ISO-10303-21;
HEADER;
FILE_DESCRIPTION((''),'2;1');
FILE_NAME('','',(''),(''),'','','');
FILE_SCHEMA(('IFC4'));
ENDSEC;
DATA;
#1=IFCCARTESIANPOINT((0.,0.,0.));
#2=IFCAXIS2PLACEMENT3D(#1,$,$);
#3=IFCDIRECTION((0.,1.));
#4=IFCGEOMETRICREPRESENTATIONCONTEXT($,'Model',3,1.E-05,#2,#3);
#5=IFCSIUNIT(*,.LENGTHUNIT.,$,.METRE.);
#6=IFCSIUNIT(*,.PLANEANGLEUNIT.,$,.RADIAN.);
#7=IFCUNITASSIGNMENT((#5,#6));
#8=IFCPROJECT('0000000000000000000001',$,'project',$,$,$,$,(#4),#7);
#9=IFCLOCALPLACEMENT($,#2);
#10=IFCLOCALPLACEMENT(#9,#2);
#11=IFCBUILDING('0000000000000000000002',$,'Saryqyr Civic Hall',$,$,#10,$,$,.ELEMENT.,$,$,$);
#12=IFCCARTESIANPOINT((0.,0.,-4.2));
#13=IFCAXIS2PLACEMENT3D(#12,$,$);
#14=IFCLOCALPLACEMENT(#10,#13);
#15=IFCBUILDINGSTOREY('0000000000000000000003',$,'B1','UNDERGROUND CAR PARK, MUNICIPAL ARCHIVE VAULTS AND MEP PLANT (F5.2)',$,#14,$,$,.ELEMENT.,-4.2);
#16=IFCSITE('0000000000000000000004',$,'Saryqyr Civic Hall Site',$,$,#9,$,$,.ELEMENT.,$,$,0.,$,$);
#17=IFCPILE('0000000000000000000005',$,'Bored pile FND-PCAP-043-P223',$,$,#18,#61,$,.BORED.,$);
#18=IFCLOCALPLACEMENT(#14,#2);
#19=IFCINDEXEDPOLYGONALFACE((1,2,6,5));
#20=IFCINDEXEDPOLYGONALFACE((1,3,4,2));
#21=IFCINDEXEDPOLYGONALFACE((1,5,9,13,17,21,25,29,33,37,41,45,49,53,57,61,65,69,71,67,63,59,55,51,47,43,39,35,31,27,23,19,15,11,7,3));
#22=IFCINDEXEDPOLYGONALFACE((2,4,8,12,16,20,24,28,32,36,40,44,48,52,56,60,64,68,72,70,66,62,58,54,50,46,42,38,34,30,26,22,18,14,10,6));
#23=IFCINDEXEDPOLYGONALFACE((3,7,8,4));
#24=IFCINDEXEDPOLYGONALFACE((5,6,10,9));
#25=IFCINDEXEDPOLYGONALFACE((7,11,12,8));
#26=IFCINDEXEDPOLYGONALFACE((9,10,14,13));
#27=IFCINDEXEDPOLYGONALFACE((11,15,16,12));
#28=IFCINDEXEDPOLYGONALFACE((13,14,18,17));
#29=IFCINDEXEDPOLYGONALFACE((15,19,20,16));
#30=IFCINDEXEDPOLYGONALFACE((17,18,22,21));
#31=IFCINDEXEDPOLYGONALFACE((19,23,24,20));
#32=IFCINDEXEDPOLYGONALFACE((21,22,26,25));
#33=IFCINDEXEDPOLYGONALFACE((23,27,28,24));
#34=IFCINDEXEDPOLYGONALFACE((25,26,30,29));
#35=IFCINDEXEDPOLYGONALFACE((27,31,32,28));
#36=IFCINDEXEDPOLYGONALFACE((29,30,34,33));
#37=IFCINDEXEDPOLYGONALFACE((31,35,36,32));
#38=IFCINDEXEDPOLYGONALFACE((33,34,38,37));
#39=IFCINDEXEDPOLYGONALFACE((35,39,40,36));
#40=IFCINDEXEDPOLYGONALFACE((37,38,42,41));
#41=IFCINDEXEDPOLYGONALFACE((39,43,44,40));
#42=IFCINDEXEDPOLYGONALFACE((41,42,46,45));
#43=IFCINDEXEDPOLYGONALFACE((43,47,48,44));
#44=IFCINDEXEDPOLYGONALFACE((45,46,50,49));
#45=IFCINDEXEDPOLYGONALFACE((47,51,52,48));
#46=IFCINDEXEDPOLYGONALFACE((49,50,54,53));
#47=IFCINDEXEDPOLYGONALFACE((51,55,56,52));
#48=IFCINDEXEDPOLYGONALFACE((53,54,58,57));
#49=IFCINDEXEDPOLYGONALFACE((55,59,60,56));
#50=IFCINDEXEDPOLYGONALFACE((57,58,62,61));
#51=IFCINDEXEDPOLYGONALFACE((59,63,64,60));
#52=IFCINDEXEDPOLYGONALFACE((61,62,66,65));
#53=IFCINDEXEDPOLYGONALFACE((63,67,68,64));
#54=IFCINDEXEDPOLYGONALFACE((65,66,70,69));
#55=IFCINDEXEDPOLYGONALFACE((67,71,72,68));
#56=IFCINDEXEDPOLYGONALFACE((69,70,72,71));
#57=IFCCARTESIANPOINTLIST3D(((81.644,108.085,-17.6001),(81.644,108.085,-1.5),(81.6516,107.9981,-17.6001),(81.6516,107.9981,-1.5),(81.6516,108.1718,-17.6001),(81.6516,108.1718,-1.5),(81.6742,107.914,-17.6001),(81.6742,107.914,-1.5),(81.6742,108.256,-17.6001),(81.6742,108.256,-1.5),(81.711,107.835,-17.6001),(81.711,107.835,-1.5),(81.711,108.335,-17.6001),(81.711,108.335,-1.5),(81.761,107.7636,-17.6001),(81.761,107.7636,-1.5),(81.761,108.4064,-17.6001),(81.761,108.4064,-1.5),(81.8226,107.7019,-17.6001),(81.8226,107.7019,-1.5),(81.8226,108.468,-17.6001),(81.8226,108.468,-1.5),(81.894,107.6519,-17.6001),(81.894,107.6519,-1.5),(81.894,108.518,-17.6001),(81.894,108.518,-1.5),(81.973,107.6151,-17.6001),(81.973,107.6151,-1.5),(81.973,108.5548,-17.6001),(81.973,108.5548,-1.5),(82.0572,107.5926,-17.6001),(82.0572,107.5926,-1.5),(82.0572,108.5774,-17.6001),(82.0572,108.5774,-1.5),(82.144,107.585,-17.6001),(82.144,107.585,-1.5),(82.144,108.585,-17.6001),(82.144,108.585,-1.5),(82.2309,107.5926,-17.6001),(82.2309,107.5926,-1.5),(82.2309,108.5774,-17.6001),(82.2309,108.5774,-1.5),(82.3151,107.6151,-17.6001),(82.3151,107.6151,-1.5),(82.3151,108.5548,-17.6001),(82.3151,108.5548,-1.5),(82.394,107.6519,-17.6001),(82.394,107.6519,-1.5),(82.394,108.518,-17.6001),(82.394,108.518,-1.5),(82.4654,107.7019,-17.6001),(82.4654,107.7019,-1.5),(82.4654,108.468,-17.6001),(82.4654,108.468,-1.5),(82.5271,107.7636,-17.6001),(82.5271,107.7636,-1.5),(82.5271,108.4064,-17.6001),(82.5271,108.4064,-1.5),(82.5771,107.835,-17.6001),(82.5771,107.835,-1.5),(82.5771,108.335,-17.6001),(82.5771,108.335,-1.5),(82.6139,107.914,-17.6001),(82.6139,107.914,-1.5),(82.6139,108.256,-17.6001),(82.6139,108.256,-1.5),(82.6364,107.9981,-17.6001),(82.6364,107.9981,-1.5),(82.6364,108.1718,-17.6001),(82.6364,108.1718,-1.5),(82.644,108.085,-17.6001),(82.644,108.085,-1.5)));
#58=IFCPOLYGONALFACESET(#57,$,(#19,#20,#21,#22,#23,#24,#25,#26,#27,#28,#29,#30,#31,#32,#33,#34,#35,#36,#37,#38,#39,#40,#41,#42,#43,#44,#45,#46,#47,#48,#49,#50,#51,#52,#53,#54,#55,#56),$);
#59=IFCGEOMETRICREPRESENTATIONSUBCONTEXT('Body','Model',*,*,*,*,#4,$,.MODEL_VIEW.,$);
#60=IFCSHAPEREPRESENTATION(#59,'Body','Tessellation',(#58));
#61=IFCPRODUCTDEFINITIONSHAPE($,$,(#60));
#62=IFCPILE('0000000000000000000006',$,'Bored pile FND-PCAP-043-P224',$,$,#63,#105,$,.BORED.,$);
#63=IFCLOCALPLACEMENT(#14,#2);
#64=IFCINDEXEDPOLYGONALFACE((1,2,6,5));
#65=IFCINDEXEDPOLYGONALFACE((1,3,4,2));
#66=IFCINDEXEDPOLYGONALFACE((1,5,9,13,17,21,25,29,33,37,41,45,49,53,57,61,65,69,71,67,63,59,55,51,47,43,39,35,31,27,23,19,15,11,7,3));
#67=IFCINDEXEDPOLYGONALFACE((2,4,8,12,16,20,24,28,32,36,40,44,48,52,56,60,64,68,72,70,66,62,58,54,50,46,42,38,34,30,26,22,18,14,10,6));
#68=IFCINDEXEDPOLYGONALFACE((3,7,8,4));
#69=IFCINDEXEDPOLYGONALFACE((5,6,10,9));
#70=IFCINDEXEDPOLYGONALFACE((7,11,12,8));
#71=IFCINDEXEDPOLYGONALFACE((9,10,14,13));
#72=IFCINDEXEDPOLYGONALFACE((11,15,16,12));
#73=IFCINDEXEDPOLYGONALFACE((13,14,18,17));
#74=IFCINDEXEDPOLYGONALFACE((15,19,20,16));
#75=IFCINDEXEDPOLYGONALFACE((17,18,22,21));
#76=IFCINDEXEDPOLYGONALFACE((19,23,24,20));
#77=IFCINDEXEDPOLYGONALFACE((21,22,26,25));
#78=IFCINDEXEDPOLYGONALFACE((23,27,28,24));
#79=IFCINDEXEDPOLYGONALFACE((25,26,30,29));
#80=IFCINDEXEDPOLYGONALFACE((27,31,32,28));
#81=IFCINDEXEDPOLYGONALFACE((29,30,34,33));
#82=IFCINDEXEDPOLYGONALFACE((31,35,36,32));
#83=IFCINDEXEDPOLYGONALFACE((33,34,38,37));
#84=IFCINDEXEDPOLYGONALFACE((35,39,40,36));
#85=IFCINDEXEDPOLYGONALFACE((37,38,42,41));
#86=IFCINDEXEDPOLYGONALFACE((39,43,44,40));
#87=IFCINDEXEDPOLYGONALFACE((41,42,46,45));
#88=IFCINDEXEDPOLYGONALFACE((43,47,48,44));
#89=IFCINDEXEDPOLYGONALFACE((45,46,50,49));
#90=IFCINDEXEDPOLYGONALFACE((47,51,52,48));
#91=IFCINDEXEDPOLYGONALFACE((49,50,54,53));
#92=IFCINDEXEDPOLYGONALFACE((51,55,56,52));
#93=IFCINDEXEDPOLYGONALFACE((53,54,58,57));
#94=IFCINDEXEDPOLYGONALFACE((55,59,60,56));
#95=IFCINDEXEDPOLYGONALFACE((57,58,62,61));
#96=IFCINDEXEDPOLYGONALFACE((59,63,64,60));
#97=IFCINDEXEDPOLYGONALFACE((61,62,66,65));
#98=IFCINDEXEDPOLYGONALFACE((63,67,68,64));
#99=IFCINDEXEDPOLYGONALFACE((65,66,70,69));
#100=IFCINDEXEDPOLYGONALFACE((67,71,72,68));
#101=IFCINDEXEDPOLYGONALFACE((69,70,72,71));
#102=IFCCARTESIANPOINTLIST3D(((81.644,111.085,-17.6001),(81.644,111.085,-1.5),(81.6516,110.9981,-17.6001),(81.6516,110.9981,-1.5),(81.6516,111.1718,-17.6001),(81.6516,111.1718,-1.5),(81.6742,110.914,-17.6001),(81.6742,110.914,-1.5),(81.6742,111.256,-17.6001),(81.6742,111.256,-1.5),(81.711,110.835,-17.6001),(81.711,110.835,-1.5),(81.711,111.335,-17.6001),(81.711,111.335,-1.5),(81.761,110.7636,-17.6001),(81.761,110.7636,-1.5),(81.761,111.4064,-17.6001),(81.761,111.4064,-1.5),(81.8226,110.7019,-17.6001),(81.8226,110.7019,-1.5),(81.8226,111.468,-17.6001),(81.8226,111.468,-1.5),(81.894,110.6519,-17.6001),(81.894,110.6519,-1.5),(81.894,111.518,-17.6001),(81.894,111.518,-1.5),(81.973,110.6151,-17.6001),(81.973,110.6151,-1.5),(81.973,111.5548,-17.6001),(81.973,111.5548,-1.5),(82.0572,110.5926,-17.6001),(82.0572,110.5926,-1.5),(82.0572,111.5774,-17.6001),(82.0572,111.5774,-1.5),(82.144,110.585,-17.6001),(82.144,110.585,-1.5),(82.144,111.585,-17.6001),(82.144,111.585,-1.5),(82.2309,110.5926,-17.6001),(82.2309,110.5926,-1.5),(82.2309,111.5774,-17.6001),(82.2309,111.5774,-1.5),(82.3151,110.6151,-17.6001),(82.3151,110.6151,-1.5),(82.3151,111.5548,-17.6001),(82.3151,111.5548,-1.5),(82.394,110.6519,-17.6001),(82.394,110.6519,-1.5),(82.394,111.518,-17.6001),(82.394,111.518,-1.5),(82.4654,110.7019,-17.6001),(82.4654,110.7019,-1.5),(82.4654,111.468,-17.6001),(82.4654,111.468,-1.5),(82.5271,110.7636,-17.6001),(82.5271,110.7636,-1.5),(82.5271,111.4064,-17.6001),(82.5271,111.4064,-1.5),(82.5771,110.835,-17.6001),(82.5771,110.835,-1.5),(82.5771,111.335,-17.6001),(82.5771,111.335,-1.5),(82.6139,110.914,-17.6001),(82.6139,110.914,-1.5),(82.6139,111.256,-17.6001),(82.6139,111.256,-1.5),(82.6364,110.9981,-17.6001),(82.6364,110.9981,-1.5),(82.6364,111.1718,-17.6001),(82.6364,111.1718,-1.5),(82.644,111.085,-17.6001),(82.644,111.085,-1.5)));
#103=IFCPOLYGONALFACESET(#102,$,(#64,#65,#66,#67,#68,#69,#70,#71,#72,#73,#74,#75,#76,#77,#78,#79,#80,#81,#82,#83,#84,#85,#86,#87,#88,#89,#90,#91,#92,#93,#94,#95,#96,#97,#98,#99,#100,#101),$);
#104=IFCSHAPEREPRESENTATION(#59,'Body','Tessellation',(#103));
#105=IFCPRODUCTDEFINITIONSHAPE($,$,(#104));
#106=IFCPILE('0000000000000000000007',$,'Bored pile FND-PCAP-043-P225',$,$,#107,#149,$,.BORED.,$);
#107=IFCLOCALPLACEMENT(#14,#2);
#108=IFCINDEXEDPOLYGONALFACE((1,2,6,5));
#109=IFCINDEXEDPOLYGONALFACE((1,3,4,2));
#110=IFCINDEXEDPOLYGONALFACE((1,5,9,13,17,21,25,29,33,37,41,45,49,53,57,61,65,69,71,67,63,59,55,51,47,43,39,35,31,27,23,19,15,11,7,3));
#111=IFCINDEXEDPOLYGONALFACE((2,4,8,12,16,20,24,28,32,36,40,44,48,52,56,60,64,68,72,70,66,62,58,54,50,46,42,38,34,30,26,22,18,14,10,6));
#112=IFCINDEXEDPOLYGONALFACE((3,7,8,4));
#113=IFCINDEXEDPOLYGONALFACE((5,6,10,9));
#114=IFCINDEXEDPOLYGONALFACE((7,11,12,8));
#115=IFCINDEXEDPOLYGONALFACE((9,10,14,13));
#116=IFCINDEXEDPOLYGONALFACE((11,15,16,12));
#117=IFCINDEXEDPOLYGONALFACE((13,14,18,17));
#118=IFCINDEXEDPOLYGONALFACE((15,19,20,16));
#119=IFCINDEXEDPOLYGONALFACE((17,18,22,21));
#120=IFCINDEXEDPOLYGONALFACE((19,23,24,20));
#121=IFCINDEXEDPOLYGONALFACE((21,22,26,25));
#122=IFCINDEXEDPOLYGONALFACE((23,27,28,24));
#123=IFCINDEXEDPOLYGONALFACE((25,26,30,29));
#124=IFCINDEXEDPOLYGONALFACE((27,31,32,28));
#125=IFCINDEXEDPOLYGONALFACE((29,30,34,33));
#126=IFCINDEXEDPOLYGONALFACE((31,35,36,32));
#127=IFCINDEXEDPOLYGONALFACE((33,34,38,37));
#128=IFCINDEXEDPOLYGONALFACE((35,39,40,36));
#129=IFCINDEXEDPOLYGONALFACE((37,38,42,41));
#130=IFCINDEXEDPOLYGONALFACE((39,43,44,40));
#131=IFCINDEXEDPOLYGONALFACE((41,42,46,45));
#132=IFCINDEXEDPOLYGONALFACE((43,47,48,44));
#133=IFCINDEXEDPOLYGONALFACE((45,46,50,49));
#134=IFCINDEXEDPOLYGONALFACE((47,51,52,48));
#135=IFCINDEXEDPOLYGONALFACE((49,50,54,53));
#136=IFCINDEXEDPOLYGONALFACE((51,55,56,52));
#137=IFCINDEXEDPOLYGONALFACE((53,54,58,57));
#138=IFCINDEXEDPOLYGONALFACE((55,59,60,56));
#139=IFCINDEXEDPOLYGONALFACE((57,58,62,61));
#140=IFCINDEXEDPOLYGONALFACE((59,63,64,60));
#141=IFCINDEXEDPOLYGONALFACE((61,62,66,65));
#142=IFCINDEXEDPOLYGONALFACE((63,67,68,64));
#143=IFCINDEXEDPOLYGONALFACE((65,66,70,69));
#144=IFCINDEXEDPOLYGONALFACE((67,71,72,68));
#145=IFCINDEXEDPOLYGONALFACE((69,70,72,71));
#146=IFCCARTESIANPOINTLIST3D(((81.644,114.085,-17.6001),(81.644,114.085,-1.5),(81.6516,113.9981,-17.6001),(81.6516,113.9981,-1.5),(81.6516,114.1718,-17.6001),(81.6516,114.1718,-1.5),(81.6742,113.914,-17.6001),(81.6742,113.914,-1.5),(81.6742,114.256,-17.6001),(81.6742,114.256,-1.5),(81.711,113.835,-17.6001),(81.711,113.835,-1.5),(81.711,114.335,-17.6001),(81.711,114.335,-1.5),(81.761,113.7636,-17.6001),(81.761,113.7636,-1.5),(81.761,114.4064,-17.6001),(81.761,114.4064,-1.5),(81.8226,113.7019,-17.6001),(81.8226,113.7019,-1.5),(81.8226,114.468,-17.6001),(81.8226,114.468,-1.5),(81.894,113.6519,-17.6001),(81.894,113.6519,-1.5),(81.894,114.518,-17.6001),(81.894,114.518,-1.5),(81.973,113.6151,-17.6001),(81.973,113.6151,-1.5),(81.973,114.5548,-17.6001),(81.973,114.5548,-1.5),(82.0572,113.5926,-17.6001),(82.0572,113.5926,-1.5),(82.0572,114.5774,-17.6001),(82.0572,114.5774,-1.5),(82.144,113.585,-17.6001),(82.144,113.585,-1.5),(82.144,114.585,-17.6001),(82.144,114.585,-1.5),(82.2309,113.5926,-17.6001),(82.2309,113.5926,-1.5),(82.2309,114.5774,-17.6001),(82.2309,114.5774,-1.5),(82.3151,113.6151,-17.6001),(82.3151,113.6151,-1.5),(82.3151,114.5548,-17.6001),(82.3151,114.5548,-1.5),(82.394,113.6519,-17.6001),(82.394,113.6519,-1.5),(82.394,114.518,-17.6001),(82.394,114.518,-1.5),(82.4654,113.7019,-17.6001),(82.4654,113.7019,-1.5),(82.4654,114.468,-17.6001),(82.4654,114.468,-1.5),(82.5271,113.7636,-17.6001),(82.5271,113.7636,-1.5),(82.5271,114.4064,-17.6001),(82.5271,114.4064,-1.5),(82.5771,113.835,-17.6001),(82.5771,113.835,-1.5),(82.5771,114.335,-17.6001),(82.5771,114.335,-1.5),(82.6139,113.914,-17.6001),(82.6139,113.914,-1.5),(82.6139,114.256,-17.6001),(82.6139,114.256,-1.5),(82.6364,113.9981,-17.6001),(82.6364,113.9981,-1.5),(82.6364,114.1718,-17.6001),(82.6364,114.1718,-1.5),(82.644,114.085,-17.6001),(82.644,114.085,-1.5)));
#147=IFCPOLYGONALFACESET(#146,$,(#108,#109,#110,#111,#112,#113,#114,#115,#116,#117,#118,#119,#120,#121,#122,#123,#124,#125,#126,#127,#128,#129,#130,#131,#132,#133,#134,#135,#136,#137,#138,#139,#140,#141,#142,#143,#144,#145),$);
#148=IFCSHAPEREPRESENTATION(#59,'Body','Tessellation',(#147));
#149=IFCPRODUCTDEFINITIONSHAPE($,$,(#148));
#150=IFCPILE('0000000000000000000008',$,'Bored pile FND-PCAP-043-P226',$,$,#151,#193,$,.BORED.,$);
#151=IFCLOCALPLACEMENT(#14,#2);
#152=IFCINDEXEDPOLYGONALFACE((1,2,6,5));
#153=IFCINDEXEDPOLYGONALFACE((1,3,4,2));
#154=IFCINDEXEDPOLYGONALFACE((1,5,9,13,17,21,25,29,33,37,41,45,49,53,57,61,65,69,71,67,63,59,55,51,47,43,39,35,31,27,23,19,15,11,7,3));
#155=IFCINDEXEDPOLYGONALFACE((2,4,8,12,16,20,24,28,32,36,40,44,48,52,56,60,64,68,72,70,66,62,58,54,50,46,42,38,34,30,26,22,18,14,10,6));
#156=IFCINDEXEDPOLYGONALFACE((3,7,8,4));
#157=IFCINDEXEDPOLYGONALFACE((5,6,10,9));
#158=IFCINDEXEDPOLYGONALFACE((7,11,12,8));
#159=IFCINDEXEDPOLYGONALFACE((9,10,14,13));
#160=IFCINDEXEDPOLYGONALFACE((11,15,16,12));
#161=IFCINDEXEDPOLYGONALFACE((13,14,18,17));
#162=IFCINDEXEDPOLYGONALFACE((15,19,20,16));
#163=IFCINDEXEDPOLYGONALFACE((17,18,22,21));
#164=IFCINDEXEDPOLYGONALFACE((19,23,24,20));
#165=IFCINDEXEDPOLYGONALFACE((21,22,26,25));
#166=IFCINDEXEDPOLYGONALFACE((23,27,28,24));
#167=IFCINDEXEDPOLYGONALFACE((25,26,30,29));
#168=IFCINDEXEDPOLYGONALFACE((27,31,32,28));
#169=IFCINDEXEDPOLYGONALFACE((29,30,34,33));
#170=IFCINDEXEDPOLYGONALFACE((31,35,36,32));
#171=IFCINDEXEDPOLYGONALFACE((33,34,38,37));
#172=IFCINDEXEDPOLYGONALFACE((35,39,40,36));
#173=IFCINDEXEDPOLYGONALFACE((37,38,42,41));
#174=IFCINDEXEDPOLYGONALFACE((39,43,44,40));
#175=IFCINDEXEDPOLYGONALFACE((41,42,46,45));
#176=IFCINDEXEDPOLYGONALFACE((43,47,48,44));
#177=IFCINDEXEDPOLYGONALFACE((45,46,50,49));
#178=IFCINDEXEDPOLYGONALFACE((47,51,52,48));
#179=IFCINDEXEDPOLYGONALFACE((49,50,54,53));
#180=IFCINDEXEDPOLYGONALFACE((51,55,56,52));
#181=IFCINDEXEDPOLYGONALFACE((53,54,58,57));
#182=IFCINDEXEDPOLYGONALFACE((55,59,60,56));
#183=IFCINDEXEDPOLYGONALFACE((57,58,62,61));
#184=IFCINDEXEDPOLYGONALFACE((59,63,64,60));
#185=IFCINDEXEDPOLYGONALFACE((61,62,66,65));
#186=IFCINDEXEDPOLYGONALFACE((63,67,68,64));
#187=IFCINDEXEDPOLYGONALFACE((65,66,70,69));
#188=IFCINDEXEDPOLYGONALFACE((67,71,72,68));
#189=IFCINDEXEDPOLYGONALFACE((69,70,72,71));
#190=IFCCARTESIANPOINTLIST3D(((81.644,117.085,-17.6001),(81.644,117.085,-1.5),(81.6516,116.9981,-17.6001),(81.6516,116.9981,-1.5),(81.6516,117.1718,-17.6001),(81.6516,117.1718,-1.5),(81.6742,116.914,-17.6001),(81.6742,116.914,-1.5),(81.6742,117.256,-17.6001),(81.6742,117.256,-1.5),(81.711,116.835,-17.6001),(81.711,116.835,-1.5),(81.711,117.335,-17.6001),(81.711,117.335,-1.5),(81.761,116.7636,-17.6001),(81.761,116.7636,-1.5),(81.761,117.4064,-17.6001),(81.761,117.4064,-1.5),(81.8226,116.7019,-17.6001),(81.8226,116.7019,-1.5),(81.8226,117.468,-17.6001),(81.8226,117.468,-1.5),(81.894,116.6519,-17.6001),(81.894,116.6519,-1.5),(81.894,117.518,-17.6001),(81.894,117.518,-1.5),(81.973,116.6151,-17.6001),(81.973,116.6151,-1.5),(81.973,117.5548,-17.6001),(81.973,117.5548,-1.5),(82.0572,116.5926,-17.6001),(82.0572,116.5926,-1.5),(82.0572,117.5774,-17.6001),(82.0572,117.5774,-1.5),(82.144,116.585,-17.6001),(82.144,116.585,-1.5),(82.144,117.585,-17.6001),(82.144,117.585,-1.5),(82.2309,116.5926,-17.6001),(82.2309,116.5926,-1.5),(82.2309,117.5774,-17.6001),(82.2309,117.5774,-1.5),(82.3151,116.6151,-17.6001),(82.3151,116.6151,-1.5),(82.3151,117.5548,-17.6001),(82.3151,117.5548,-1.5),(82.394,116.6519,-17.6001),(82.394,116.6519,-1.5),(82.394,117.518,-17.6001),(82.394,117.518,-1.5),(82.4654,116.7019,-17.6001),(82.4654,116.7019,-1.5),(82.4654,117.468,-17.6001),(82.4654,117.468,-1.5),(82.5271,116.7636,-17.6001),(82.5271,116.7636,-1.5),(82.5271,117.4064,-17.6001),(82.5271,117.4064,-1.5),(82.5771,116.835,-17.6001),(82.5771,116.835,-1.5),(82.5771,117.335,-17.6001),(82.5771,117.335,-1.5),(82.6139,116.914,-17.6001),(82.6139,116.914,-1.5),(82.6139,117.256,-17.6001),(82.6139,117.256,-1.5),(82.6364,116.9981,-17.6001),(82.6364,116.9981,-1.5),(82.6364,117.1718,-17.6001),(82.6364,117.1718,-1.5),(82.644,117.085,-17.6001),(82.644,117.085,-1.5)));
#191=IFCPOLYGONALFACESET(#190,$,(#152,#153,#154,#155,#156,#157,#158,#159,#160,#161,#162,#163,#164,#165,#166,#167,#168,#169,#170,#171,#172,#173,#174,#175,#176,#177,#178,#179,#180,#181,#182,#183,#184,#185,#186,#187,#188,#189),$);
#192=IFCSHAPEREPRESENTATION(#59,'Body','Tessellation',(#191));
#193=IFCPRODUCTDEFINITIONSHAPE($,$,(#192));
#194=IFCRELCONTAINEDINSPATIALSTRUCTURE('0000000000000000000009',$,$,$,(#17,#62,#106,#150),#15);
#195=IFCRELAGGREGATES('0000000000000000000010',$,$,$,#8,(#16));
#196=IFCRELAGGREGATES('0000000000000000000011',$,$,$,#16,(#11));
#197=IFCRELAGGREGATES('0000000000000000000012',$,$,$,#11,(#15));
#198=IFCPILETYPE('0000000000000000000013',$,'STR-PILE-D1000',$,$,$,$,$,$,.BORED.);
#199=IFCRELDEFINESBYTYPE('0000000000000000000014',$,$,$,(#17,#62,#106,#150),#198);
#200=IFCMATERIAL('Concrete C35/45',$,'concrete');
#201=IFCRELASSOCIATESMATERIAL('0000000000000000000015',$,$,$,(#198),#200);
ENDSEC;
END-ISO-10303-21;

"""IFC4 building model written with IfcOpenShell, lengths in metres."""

from ifc_helpers import new_model, si_unit, direction, frame, origin, origin_2d, place, context, subcontext, project, spatial, circle, extrude, material, material_profile, profile_set, type_object, element, save


model = new_model("IFC4")

# Units and contexts
model_context = context("Model", 3, precision=1e-05, world=origin(), true_north=direction((0.0, 1.0)))
body_context = subcontext(model_context, "Body", "Model", "MODEL_VIEW")
ifc_project = project(units=[si_unit("LENGTHUNIT", "METRE"), si_unit("PLANEANGLEUNIT", "RADIAN")], contexts=[model_context])

# Site, building, storey
site_placement = place(None, origin())
site = spatial("IfcSite", under=ifc_project, at=site_placement, Name="Saryqyr Civic Hall Site", CompositionType="ELEMENT", RefElevation=0.0)
building_placement = place(site_placement, origin())
building = spatial("IfcBuilding", under=site, at=building_placement, Name="Saryqyr Civic Hall", CompositionType="ELEMENT")
storey_placement = place(building_placement, frame((0.0, 0.0, -4.2)))
storey = spatial("IfcBuildingStorey", under=building, at=storey_placement, Name="B1", Description="UNDERGROUND CAR PARK, MUNICIPAL ARCHIVE VAULTS AND MEP PLANT (F5.2)", CompositionType="ELEMENT", Elevation=-4.2)

# Piles
ifc_material_1 = material(Name="Concrete C35/45", Category="concrete")
ifc_material_profile_1 = material_profile(ifc_material_1, circle(Radius=0.5, at=origin_2d()), Name="BORED PILE D1000")
ifc_profile_set_1 = profile_set([ifc_material_profile_1], Name="Concrete C35/45")
pile_type = type_object("IfcPileType", Name="STR-PILE-D1000", PredefinedType="BORED", material=ifc_profile_set_1)
for number, where, z_axis, x_axis, name in (
    (1, (82.144, 108.085, -1.5), (0.0, 0.0, -1.0), (1.0, 0.0, 0.0), "Bored pile FND-PCAP-043-P223"),
    (2, (82.144, 111.085, -1.5), (0.0, 0.0, -1.0), (1.0, 0.0, 0.0), "Bored pile FND-PCAP-043-P224"),
    (3, (82.144, 114.085, -1.5), (0.0, 0.0, -1.0), (1.0, 0.0, 0.0), "Bored pile FND-PCAP-043-P225"),
    (4, (82.144, 117.085, -1.5), (0.0, 0.0, -1.0), (1.0, 0.0, 0.0), "Bored pile FND-PCAP-043-P226"),
):
    element("IfcPile", number, at=place(storey_placement, frame(where, z_axis=z_axis, x_axis=x_axis)), inside=storey, type_object=pile_type, Name=name, PredefinedType="BORED", context=body_context, shape_type="SweptSolid", body=[
        extrude(circle(Radius=0.5, at=origin_2d()), origin(), (0.0, 0.0, 1.0), 16.1001),
    ])

save(model, "model.ifc")
